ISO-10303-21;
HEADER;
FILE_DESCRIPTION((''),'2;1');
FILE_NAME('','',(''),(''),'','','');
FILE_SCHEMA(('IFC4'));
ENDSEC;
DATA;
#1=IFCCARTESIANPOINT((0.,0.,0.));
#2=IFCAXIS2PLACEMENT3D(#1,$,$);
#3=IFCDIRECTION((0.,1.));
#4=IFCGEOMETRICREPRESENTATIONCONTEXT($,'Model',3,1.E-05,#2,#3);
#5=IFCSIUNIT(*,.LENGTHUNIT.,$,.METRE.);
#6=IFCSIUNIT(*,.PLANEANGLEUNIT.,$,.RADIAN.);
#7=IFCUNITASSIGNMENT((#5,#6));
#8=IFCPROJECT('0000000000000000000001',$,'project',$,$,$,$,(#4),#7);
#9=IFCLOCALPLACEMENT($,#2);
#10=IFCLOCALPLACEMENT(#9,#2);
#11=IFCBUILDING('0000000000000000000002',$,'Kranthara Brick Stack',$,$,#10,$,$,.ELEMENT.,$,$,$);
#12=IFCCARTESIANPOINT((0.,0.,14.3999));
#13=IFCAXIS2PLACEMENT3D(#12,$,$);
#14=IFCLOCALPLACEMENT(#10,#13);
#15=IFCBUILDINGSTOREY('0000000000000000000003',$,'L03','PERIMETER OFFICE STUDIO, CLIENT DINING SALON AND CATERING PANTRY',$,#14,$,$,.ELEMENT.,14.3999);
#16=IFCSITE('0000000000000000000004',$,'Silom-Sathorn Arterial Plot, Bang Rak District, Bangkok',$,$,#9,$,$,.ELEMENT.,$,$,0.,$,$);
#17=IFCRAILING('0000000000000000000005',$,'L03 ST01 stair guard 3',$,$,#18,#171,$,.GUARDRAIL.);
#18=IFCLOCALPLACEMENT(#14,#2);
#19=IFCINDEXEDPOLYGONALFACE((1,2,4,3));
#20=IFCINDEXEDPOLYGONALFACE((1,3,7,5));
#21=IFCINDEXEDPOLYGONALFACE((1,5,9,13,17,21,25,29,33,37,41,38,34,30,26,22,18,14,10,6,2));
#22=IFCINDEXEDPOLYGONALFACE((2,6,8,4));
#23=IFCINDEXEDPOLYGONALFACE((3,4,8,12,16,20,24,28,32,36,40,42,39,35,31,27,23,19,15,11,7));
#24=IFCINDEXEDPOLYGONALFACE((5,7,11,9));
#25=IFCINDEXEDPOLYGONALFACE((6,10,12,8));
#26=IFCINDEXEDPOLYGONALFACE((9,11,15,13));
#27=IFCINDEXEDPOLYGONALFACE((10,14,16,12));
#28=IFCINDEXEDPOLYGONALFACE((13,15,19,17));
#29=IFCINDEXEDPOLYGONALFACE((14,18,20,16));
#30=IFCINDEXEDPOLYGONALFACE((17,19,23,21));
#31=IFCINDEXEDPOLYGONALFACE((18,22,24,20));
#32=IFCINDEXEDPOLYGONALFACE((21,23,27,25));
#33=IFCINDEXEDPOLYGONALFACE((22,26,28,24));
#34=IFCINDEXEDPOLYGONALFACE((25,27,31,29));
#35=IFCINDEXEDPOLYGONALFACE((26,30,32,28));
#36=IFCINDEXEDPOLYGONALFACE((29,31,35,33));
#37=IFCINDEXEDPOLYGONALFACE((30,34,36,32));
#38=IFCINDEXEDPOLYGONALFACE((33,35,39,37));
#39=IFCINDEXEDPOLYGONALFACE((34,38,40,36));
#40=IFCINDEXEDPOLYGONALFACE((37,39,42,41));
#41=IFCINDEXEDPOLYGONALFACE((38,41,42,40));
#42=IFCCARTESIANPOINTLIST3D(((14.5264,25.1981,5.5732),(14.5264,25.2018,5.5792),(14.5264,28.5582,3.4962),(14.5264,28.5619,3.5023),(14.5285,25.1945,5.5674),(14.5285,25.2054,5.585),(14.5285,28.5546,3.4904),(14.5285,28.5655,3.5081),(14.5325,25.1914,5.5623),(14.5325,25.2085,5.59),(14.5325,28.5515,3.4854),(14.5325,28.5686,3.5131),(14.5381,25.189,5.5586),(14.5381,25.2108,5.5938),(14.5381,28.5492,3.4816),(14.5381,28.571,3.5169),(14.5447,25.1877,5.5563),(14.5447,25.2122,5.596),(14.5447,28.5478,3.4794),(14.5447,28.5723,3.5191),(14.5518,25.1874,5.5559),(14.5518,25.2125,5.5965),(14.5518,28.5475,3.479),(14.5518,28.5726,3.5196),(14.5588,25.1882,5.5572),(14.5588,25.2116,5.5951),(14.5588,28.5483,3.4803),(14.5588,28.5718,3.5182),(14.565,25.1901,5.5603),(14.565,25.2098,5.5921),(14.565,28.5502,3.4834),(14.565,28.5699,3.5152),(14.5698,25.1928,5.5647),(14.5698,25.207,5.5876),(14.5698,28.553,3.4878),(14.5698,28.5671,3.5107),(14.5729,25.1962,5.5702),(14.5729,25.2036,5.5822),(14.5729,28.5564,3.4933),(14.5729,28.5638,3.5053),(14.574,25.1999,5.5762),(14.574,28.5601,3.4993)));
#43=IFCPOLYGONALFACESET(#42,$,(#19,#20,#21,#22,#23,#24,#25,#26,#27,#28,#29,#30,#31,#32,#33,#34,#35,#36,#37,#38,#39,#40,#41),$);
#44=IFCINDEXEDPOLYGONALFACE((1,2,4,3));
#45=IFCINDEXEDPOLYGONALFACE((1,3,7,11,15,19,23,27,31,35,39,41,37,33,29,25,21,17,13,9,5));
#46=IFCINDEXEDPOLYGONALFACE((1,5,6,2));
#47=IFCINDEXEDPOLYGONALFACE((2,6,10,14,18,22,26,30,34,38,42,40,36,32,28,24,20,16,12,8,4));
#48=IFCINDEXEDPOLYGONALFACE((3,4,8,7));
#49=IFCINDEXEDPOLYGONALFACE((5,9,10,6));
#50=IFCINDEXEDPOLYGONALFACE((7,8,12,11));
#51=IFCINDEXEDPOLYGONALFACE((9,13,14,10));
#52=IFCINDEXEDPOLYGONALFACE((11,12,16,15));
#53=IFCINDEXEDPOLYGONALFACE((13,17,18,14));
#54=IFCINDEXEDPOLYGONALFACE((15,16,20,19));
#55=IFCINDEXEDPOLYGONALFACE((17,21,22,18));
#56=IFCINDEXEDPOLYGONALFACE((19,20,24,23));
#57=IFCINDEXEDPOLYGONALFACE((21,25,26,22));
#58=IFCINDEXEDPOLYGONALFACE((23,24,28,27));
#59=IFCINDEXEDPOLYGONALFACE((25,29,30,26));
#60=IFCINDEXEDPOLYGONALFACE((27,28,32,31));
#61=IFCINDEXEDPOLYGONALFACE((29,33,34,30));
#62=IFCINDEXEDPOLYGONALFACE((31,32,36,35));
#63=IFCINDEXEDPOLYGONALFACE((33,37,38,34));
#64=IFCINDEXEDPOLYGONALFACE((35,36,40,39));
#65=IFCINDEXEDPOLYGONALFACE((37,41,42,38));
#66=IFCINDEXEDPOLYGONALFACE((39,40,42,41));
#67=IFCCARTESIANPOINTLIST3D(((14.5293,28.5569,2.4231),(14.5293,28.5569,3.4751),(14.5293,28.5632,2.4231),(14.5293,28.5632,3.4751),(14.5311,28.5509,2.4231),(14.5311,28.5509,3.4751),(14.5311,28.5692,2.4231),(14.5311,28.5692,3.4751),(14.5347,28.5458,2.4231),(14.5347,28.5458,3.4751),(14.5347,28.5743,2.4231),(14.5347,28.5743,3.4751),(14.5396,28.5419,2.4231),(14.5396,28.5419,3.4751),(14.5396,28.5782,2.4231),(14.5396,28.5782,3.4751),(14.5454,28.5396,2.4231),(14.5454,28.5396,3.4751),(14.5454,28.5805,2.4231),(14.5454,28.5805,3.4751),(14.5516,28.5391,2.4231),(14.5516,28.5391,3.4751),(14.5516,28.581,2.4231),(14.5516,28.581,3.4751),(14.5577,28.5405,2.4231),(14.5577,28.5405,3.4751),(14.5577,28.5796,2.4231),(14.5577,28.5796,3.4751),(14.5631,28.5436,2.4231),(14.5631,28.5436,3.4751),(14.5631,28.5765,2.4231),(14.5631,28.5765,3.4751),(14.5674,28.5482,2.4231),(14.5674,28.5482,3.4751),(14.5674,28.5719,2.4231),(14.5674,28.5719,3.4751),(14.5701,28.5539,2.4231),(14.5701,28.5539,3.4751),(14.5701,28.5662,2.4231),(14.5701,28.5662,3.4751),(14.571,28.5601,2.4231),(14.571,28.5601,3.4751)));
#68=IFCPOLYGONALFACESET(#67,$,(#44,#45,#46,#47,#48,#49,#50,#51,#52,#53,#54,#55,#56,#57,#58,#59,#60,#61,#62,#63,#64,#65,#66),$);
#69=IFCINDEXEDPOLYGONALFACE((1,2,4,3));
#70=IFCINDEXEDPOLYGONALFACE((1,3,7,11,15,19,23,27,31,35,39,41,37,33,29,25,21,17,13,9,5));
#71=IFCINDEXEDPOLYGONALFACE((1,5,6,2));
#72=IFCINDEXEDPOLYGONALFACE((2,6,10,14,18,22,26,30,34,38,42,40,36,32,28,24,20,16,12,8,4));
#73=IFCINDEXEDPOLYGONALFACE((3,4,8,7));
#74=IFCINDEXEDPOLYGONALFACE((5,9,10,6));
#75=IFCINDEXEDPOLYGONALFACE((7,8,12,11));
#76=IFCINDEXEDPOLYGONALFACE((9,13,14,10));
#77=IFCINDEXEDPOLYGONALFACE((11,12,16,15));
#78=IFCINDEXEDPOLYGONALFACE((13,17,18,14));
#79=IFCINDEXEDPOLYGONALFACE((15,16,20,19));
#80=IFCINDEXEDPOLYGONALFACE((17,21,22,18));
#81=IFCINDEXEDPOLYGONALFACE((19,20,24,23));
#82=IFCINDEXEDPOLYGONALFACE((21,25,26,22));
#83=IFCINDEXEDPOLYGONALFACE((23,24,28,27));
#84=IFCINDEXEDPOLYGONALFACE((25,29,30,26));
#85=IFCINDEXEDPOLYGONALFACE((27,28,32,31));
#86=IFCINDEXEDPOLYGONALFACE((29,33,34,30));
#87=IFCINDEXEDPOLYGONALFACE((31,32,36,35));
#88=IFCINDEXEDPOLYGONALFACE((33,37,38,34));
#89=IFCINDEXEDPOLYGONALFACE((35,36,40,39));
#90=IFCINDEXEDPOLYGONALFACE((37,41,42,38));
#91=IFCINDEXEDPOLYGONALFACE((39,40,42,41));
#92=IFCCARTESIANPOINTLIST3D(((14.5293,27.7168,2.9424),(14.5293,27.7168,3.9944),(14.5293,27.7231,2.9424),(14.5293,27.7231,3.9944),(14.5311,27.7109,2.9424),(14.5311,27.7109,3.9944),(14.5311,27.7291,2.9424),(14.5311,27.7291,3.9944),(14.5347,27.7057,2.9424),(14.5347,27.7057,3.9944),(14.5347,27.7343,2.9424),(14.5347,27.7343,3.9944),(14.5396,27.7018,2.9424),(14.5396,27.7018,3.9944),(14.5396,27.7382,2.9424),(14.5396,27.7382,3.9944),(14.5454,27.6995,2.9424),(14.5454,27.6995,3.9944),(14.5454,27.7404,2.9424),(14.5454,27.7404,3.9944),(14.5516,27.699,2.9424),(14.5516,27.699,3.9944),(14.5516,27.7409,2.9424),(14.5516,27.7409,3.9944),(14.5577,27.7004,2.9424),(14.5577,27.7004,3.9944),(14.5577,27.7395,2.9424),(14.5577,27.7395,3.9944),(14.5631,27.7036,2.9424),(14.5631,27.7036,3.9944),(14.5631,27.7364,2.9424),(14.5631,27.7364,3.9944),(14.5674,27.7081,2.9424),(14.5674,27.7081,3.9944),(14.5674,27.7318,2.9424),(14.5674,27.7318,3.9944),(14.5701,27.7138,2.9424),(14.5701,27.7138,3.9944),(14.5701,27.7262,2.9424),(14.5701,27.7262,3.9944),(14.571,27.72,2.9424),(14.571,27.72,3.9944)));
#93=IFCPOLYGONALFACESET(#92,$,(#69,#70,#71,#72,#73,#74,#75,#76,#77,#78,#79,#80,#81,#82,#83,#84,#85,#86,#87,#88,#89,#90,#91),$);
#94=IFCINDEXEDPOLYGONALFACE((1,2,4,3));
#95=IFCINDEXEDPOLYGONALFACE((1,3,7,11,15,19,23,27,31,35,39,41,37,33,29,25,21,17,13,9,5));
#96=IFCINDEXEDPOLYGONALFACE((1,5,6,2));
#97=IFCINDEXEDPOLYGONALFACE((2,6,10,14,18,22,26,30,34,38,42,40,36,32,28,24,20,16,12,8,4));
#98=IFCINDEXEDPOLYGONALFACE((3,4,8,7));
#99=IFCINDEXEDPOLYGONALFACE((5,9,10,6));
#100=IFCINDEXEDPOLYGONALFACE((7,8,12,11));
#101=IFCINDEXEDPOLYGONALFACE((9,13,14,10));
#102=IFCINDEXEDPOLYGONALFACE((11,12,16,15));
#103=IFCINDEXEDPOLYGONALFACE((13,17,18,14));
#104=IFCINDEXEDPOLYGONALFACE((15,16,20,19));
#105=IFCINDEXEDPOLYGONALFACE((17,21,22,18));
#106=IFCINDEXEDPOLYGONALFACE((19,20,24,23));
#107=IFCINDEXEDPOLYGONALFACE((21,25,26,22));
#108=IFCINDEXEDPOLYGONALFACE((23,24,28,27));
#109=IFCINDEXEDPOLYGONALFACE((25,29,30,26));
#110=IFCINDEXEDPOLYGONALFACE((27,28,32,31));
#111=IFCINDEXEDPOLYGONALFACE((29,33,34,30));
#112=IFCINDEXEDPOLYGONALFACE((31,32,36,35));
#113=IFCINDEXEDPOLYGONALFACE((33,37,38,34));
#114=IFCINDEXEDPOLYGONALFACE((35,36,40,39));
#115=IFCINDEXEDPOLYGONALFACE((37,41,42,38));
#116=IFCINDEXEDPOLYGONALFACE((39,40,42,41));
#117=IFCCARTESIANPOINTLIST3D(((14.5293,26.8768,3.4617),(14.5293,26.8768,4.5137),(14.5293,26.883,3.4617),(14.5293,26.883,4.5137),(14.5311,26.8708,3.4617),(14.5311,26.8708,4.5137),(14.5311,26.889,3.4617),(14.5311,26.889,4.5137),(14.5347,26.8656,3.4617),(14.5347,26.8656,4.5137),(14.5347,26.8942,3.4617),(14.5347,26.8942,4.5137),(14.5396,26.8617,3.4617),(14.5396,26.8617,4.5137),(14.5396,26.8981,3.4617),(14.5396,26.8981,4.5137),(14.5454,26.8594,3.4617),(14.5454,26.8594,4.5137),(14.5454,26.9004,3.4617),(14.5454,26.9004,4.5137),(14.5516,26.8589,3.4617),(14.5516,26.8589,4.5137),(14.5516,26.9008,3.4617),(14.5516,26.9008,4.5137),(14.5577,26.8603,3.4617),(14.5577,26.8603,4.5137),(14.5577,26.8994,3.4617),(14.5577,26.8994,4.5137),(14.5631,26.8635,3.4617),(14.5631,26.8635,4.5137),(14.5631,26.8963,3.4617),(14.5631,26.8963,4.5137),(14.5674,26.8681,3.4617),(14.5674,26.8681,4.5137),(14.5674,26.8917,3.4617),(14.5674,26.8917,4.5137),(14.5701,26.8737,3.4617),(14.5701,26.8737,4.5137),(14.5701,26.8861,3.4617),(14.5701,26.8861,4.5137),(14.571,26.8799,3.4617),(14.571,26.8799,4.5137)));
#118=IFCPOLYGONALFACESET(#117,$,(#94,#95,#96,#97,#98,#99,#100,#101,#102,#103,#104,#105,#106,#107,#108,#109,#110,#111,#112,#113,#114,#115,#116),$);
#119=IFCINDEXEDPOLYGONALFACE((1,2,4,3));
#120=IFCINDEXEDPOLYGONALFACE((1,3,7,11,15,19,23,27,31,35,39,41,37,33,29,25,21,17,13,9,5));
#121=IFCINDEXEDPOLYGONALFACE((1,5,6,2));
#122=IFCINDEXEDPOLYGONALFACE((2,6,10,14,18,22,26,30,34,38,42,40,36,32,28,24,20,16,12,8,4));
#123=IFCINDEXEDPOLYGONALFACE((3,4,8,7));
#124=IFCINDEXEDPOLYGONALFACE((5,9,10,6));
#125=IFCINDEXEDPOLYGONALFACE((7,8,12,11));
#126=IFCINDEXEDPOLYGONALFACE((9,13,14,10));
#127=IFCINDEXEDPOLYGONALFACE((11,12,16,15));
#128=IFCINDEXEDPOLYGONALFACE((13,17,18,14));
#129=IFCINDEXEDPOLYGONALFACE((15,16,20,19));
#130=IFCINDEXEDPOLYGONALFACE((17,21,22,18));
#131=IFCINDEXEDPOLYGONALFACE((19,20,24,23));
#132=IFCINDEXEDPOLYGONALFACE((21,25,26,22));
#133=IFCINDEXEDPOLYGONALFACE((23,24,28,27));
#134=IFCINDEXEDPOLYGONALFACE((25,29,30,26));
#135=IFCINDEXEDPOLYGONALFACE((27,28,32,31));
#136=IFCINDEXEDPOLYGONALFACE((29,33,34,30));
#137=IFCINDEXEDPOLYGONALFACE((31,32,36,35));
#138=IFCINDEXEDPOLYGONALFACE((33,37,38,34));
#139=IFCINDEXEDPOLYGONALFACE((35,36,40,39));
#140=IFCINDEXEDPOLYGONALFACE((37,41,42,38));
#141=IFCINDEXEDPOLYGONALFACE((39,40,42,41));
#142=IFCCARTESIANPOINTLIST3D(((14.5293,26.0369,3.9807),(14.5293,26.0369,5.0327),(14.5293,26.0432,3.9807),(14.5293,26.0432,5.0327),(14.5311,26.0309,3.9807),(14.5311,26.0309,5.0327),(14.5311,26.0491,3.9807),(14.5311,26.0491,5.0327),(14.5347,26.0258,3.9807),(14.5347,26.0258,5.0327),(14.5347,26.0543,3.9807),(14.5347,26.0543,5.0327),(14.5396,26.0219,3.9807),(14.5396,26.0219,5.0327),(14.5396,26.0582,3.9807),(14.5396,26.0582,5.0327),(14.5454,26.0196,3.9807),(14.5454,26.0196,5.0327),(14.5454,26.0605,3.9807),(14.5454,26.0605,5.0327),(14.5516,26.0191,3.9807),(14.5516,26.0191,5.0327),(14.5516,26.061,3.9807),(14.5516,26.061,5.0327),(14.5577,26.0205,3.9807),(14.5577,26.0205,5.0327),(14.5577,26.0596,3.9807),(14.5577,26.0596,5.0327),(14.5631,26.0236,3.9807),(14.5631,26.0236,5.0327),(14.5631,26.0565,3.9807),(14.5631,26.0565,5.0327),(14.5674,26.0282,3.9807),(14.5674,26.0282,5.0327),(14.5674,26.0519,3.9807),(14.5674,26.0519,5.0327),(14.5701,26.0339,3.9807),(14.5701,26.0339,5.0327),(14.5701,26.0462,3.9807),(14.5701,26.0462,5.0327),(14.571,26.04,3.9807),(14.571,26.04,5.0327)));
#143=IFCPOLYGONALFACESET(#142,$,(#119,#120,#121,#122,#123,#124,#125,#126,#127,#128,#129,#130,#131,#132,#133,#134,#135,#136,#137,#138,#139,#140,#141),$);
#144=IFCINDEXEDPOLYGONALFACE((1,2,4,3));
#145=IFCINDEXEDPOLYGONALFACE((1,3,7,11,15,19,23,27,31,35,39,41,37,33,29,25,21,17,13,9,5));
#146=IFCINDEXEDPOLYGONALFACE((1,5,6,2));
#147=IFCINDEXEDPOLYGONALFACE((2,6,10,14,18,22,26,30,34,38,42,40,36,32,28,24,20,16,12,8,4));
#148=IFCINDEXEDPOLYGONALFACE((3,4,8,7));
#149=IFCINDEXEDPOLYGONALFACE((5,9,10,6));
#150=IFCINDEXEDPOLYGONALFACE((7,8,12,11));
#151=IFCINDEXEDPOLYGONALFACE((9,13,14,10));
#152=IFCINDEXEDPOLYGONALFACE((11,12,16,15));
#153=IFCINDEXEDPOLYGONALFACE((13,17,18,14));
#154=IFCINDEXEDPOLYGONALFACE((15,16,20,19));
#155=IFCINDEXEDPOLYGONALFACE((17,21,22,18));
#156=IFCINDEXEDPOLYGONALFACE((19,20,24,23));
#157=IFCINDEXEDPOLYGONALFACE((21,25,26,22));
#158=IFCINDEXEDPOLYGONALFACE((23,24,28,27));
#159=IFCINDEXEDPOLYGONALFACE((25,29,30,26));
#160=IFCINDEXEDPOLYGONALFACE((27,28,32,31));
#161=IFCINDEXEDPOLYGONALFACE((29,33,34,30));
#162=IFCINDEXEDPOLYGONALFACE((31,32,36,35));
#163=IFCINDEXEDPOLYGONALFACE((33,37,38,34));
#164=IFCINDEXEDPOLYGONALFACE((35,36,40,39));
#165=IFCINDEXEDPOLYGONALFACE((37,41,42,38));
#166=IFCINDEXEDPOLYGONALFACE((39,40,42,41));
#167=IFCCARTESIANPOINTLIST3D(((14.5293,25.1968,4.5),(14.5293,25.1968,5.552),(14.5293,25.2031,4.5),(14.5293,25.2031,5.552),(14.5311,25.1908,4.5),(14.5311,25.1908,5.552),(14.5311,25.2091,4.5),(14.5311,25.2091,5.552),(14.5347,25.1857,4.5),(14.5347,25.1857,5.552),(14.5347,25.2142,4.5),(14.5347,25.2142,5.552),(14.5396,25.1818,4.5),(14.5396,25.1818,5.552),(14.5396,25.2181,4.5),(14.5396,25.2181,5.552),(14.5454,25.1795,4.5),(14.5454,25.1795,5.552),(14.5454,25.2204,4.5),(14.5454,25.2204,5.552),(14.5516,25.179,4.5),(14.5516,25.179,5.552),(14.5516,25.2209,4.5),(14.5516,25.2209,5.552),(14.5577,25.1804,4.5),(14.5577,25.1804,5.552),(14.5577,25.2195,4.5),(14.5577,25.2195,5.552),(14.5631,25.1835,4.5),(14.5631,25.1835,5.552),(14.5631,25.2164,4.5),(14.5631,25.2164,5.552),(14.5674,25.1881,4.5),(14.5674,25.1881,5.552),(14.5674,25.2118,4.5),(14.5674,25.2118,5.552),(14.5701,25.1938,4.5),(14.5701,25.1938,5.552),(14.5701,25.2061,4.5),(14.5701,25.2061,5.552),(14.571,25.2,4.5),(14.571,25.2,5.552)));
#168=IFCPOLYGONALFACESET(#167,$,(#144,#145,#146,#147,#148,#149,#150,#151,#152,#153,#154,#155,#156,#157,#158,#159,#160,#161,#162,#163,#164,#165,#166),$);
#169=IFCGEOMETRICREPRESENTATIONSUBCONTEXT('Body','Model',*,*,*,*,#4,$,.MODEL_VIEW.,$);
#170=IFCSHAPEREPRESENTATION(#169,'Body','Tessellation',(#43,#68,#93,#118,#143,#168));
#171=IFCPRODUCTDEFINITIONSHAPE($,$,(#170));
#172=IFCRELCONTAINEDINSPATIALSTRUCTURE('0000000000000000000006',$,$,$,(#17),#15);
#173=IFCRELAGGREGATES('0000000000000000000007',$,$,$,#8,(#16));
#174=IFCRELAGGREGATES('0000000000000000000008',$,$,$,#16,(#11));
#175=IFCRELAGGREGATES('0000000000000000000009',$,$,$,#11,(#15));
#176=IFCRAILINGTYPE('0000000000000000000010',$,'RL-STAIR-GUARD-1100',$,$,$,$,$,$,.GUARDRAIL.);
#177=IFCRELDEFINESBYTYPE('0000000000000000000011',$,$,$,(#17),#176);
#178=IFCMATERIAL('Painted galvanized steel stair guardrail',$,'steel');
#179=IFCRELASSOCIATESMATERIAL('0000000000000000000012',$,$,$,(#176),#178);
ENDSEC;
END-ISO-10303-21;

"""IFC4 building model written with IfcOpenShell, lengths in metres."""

from ifc_helpers import new_model, si_unit, direction, frame, origin, origin_2d, place, context, subcontext, project, spatial, circle, extrude, material, type_object, element, save


model = new_model("IFC4")

# Units and contexts
model_context = context("Model", 3, precision=1e-05, world=origin(), true_north=direction((0.0, 1.0)))
body_context = subcontext(model_context, "Body", "Model", "MODEL_VIEW")
ifc_project = project(units=[si_unit("LENGTHUNIT", "METRE"), si_unit("PLANEANGLEUNIT", "RADIAN")], contexts=[model_context])

# Site, building, storey
site_placement = place(None, origin())
site = spatial("IfcSite", under=ifc_project, at=site_placement, Name="Silom-Sathorn Arterial Plot, Bang Rak District, Bangkok", CompositionType="ELEMENT", RefElevation=0.0)
building_placement = place(site_placement, origin())
building = spatial("IfcBuilding", under=site, at=building_placement, Name="Kranthara Brick Stack", CompositionType="ELEMENT")
storey_placement = place(building_placement, frame((0.0, 0.0, 14.3999)))
storey = spatial("IfcBuildingStorey", under=building, at=storey_placement, Name="L03", Description="PERIMETER OFFICE STUDIO, CLIENT DINING SALON AND CATERING PANTRY", CompositionType="ELEMENT", Elevation=14.3999)

# Railing
ifc_material_1 = material(Name="Painted galvanized steel stair guardrail", Category="steel")
railing_type_1 = type_object("IfcRailingType", Name="RL-STAIR-GUARD-1100", PredefinedType="GUARDRAIL", material=ifc_material_1)
railing_1_placement = place(storey_placement, frame((14.55, 28.5601, 2.4231)))
element("IfcRailing", 1, at=railing_1_placement, inside=storey, type_object=railing_type_1, Name="L03 ST01 stair guard 3", PredefinedType="GUARDRAIL", context=body_context, shape_type="SweptSolid", body=[
    extrude(circle(Radius=0.0239, at=origin_2d()), frame((0.0, 0.0, 1.0762), z_axis=(0.0, -0.850623, 0.525776), x_axis=(1.0, 0.0, 0.0)), (0.0, 0.0, 1.0), 3.9502),
    extrude(circle(Radius=0.021, at=origin_2d()), origin(), (0.0, 0.0, 1.0), 1.052),
    extrude(circle(Radius=0.021, at=origin_2d()), frame((0.0, -0.8401, 0.5193)), (0.0, 0.0, 1.0), 1.052),
    extrude(circle(Radius=0.021, at=origin_2d()), frame((0.0, -1.6802, 1.0386)), (0.0, 0.0, 1.0), 1.052),
    extrude(circle(Radius=0.021, at=origin_2d()), frame((0.0, -2.52, 1.5576)), (0.0, 0.0, 1.0), 1.052),
    extrude(circle(Radius=0.021, at=origin_2d()), frame((0.0, -3.3601, 2.0769)), (0.0, 0.0, 1.0), 1.052),
])

save(model, "model.ifc")
